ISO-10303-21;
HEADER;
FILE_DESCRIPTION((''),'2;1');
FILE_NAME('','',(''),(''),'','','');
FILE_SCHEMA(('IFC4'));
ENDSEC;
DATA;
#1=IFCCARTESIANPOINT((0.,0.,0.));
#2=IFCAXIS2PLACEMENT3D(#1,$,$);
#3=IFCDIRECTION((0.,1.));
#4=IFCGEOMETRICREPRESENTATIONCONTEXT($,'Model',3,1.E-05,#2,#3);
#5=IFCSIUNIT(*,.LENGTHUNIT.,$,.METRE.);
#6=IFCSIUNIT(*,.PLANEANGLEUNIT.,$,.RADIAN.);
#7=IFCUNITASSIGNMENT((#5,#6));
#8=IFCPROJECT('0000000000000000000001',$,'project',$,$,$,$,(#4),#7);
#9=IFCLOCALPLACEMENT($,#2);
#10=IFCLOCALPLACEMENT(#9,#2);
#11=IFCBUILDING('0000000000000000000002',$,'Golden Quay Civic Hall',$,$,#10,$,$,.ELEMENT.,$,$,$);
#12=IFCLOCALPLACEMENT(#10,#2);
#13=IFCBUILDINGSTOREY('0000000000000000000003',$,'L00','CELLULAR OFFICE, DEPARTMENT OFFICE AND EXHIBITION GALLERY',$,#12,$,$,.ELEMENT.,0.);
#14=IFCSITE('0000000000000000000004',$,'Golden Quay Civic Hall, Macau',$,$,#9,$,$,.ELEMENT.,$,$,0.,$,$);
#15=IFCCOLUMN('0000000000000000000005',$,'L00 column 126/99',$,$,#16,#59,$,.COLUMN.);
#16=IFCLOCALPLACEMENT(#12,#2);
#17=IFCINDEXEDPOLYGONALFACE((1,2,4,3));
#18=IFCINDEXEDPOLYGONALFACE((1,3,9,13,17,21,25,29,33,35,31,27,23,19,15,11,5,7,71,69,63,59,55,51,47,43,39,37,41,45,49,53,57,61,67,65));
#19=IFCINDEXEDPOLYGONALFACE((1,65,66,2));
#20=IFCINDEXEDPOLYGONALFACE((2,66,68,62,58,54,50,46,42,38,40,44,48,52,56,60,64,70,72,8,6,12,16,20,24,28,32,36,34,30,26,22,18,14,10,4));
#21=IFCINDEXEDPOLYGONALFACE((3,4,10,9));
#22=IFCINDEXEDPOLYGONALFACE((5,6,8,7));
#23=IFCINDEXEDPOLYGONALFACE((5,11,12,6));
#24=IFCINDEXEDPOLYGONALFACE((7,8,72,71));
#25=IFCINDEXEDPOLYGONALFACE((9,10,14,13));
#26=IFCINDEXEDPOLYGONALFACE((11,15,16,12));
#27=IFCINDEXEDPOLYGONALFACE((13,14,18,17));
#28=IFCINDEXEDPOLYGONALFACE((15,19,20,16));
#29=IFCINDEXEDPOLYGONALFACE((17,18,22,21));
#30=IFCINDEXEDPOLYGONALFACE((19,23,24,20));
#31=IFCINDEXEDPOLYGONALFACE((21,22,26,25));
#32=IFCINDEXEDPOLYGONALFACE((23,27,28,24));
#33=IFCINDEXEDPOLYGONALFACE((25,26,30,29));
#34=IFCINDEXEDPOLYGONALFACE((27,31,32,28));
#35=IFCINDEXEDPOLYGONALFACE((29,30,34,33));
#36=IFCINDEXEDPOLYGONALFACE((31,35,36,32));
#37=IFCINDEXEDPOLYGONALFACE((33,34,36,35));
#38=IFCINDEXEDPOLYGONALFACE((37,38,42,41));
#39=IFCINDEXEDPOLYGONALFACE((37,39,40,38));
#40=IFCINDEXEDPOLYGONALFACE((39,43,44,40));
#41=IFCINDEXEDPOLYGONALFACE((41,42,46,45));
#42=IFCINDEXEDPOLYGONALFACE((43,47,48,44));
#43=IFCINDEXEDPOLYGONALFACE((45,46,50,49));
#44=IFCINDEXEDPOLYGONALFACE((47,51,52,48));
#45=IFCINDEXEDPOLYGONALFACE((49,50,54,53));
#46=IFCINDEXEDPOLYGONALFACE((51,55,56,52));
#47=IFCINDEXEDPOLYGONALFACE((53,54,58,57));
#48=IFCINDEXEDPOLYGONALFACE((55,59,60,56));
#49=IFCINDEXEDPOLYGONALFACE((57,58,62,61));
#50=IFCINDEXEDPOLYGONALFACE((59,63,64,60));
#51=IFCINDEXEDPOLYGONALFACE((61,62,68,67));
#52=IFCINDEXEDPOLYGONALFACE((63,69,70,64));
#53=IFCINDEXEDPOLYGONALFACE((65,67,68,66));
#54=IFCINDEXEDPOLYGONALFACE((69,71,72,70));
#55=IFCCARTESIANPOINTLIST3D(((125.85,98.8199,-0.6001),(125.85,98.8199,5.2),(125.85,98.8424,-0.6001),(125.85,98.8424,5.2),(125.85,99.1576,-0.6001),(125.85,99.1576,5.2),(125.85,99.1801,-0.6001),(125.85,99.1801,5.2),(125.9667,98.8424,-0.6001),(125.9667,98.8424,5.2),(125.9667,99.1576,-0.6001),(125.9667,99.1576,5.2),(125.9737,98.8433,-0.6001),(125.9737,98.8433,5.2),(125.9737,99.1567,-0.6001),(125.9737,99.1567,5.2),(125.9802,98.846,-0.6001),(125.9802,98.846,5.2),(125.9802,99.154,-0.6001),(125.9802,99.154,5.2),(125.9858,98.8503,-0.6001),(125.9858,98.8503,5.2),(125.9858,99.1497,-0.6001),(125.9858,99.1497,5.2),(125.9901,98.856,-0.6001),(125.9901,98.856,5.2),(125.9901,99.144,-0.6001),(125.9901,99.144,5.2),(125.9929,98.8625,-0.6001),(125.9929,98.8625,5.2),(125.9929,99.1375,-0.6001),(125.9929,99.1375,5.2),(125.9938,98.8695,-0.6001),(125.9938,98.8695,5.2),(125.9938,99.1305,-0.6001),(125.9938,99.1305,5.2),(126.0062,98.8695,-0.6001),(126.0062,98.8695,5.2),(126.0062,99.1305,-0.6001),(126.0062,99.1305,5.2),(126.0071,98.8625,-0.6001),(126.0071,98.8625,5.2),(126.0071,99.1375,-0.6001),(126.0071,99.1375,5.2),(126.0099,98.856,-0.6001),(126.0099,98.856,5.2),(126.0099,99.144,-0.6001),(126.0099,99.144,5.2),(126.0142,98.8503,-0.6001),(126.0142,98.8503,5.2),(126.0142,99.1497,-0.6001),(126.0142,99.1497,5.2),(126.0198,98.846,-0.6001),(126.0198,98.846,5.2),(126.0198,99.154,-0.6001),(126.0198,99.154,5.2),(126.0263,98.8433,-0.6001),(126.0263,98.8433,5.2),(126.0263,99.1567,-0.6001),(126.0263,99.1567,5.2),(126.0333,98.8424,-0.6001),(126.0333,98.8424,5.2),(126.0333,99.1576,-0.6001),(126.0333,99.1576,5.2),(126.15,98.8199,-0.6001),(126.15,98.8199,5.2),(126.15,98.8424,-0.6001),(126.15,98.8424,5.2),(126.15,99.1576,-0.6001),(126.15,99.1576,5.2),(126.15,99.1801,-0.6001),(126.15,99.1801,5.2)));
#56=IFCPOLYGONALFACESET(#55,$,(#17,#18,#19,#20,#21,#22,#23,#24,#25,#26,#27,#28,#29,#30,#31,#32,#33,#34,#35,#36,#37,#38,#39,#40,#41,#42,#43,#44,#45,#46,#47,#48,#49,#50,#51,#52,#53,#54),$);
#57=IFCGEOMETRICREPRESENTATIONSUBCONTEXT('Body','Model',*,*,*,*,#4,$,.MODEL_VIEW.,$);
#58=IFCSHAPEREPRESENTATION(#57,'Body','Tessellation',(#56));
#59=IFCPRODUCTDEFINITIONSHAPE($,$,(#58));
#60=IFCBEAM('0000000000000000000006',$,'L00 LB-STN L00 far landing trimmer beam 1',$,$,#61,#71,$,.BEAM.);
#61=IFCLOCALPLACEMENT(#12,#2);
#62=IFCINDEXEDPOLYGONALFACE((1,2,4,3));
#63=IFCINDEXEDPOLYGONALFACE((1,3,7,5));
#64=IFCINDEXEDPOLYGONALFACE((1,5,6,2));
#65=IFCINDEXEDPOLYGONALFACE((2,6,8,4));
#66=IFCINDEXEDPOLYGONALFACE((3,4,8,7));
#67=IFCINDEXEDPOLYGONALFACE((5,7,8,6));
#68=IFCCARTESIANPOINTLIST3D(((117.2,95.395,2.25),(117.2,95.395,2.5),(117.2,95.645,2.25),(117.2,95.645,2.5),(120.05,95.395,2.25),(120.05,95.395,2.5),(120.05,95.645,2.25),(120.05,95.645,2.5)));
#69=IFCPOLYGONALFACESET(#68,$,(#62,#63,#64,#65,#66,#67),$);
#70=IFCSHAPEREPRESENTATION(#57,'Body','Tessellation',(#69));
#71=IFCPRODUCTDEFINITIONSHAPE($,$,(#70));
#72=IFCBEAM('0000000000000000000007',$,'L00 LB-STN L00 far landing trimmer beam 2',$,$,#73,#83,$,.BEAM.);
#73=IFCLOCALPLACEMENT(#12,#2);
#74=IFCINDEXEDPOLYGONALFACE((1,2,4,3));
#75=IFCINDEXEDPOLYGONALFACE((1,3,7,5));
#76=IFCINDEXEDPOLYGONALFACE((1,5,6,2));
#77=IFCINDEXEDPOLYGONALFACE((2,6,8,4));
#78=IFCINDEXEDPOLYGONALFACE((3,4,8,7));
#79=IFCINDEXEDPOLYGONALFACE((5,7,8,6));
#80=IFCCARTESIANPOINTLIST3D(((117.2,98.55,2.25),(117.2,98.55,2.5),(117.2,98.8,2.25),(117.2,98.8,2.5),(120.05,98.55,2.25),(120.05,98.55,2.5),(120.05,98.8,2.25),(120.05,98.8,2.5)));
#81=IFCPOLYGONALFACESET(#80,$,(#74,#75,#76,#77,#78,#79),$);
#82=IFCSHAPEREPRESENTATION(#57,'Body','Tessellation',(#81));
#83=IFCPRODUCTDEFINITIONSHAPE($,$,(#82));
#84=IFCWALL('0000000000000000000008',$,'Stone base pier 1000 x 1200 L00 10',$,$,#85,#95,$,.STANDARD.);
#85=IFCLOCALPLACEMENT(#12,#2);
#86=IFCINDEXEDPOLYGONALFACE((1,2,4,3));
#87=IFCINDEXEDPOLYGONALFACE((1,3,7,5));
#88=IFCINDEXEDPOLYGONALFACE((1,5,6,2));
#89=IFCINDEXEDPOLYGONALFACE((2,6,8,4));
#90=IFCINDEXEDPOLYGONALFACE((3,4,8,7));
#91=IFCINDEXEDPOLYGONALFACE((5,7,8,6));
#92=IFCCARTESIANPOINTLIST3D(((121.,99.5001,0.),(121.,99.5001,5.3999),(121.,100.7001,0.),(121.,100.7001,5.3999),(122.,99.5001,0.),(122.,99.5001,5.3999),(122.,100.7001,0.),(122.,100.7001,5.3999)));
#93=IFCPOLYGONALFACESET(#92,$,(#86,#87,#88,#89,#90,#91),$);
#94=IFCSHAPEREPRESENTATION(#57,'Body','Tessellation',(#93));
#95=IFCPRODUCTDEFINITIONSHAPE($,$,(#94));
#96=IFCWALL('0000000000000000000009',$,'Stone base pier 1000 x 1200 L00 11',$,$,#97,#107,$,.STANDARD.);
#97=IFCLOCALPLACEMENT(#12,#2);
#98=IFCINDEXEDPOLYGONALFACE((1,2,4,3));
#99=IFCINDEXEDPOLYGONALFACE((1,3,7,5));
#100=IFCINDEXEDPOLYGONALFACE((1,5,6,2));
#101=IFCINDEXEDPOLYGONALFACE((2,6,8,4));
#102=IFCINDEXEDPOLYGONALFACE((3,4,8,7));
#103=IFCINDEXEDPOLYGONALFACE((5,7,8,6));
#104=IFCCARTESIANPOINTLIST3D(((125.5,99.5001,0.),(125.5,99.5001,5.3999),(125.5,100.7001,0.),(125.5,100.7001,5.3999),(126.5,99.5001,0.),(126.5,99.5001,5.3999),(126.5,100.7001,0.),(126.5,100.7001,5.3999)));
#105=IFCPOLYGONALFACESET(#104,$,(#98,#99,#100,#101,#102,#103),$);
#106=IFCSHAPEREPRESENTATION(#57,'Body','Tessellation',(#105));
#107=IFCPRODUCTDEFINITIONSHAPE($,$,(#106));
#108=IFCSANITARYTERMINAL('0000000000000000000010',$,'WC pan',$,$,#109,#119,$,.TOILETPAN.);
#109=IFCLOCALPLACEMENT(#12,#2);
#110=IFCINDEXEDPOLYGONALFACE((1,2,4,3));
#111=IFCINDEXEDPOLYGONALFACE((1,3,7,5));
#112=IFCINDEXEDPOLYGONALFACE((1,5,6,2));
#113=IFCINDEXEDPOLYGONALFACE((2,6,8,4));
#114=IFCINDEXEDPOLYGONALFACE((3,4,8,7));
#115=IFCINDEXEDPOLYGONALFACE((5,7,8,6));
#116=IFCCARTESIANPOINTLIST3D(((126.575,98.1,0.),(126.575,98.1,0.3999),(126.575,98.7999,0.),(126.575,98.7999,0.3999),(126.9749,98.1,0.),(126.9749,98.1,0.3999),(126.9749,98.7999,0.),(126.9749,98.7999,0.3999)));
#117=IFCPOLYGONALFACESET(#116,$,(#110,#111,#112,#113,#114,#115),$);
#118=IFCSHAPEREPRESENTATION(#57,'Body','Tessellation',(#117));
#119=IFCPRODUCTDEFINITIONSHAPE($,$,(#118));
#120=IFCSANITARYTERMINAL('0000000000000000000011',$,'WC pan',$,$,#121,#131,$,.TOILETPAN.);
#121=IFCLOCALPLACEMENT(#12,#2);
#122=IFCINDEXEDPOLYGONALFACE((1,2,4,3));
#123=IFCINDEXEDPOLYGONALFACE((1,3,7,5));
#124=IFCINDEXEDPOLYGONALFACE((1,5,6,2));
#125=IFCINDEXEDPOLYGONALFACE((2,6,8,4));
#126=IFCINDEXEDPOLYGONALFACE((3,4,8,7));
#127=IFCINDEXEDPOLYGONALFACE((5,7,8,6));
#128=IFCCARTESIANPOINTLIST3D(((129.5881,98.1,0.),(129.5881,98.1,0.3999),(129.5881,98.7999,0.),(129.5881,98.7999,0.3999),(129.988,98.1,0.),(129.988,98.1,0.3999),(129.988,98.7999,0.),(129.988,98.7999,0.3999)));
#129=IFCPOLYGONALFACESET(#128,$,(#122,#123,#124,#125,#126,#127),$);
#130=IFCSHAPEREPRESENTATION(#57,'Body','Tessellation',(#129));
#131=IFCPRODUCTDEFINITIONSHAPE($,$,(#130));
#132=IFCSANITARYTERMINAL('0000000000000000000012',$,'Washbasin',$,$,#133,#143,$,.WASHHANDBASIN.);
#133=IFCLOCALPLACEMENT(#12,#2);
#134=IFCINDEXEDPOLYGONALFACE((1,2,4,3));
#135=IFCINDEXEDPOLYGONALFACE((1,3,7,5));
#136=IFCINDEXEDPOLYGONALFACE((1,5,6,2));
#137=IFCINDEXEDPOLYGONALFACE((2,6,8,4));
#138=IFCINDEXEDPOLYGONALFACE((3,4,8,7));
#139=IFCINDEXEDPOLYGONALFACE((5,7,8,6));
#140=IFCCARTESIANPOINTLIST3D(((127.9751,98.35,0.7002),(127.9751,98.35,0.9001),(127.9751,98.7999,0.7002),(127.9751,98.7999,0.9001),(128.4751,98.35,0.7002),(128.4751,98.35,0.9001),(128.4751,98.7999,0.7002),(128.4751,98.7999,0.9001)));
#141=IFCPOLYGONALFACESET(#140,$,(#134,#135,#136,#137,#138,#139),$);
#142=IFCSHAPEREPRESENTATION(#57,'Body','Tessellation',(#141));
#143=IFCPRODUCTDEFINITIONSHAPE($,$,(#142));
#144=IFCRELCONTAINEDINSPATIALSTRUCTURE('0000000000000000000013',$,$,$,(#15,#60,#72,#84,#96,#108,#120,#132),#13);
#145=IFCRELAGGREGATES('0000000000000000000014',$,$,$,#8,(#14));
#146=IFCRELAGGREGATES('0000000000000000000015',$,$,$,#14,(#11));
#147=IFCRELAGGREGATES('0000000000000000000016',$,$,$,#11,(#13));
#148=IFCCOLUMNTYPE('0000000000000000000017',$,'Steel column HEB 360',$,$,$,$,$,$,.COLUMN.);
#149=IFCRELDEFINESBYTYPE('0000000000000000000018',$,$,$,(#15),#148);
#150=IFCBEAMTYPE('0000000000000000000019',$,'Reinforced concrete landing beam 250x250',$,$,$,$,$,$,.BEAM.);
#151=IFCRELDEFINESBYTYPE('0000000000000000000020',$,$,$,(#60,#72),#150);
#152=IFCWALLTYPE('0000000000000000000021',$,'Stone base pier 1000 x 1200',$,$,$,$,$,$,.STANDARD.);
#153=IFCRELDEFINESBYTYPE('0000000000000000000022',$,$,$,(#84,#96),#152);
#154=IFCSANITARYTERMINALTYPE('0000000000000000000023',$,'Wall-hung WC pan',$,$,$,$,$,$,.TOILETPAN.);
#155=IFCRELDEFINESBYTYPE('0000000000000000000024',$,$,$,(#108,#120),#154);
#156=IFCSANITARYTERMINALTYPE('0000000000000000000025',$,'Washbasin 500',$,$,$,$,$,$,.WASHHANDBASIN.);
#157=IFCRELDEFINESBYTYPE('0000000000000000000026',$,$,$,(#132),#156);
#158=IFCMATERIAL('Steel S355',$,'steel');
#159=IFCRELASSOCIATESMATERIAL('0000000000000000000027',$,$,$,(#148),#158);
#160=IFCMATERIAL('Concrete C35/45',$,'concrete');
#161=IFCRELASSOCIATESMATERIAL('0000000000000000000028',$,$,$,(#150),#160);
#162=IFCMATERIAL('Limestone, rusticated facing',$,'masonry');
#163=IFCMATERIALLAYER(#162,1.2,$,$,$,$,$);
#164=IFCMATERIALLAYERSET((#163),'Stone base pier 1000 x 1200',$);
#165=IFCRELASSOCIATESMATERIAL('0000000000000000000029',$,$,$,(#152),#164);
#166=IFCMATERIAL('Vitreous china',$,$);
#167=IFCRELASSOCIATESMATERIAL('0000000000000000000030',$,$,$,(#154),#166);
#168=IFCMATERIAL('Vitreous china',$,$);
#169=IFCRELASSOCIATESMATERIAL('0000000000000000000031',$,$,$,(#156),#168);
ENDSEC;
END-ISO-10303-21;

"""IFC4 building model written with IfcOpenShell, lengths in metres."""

from ifc_helpers import new_model, si_unit, direction, frame, frame_2d, origin, origin_2d, place, context, subcontext, project, spatial, rectangle, i_section, extrude, material, layer, layer_set, material_profile, profile_set, type_object, element, save


model = new_model("IFC4")

# Units and contexts
model_context = context("Model", 3, precision=1e-05, world=origin(), true_north=direction((0.0, 1.0)))
body_context = subcontext(model_context, "Body", "Model", "MODEL_VIEW")
ifc_project = project(units=[si_unit("LENGTHUNIT", "METRE"), si_unit("PLANEANGLEUNIT", "RADIAN")], contexts=[model_context])

# Site, building, storey
site_placement = place(None, origin())
site = spatial("IfcSite", under=ifc_project, at=site_placement, Name="Golden Quay Civic Hall, Macau", CompositionType="ELEMENT", RefElevation=0.0)
building_placement = place(site_placement, origin())
building = spatial("IfcBuilding", under=site, at=building_placement, Name="Golden Quay Civic Hall", CompositionType="ELEMENT")
storey_placement = place(building_placement, origin())
storey = spatial("IfcBuildingStorey", under=building, at=storey_placement, Name="L00", Description="CELLULAR OFFICE, DEPARTMENT OFFICE AND EXHIBITION GALLERY", CompositionType="ELEMENT", Elevation=0.0)

# Column
ifc_material_1 = material(Name="Steel S355", Category="steel")
ifc_material_profile_1 = material_profile(ifc_material_1, i_section(OverallWidth=0.3, OverallDepth=0.3601, WebThickness=0.0125, FlangeThickness=0.0225, FilletRadius=0.0271, at=origin_2d()), Name="HEB 360")
ifc_profile_set_1 = profile_set([ifc_material_profile_1], Name="Steel S355")
column_type = type_object("IfcColumnType", Name="Steel column HEB 360", PredefinedType="COLUMN", material=ifc_profile_set_1)
for number, where, z_axis, x_axis, name in (
    (1, (126.0, 99.0, -0.6001), (0.0, 0.0, 1.0), (1.0, 0.0, 0.0), "L00 column 126/99"),
):
    element("IfcColumn", number, at=place(storey_placement, frame(where, z_axis=z_axis, x_axis=x_axis)), inside=storey, type_object=column_type, Name=name, PredefinedType="COLUMN", context=body_context, shape_type="SweptSolid", body=[
        extrude(i_section(OverallWidth=0.3, OverallDepth=0.3601, WebThickness=0.0125, FlangeThickness=0.0225, FilletRadius=0.0271, at=origin_2d()), origin(), (0.0, 0.0, 1.0), 5.8),
    ])

# Beams
ifc_material_2 = material(Name="Concrete C35/45", Category="concrete")
ifc_material_profile_2 = material_profile(ifc_material_2, rectangle(XDim=0.25, YDim=0.25, at=origin_2d()), Name="RC 250x250")
ifc_profile_set_2 = profile_set([ifc_material_profile_2], Name="Concrete C35/45")
beam_type = type_object("IfcBeamType", Name="Reinforced concrete landing beam 250x250", PredefinedType="BEAM", material=ifc_profile_set_2)
for number, where, z_axis, x_axis, name in (
    (2, (120.05, 95.52, 2.375), (-1.0, 0.0, 0.0), (0.0, -1.0, 0.0), "L00 LB-STN L00 far landing trimmer beam 1"),
    (3, (120.05, 98.675, 2.375), (-1.0, 0.0, 0.0), (0.0, -1.0, 0.0), "L00 LB-STN L00 far landing trimmer beam 2"),
):
    element("IfcBeam", number, at=place(storey_placement, frame(where, z_axis=z_axis, x_axis=x_axis)), inside=storey, type_object=beam_type, Name=name, PredefinedType="BEAM", context=body_context, shape_type="SweptSolid", body=[
        extrude(rectangle(XDim=0.25, YDim=0.25, at=origin_2d()), origin(), (0.0, 0.0, 1.0), 2.8501),
    ])

# Walls
ifc_material_3 = material(Name="Limestone, rusticated facing", Category="masonry")
ifc_layer = layer(ifc_material_3, 1.2)
ifc_layer_set = layer_set([ifc_layer], Name="Stone base pier 1000 x 1200")
wall_type = type_object("IfcWallType", Name="Stone base pier 1000 x 1200", PredefinedType="STANDARD", material=ifc_layer_set)
for number, where, z_axis, x_axis, name in (
    (4, (121.0, 100.1001, 0.0), (0.0, 0.0, 1.0), (1.0, 0.0, 0.0), "Stone base pier 1000 x 1200 L00 10"),
    (5, (125.5, 100.1001, 0.0), (0.0, 0.0, 1.0), (1.0, 0.0, 0.0), "Stone base pier 1000 x 1200 L00 11"),
):
    element("IfcWall", number, at=place(storey_placement, frame(where, z_axis=z_axis, x_axis=x_axis)), inside=storey, type_object=wall_type, Name=name, PredefinedType="STANDARD", context=body_context, shape_type="SweptSolid", body=[
        extrude(rectangle(XDim=1.0, YDim=1.2, at=frame_2d((0.5, 0.0))), origin(), (0.0, 0.0, 1.0), 5.3999),
    ])

# Sanitary terminals
ifc_material_4 = material(Name="Vitreous china")
sanitary_terminal_type_1 = type_object("IfcSanitaryTerminalType", Name="Wall-hung WC pan", PredefinedType="TOILETPAN", material=ifc_material_4)
for number, where, z_axis, x_axis, name in (
    (6, (126.7749, 98.45, 0.0), (0.0, 0.0, 1.0), (1.0, 0.0, 0.0), "WC pan"),
    (7, (129.7881, 98.45, 0.0), (0.0, 0.0, 1.0), (1.0, 0.0, 0.0), "WC pan"),
):
    element("IfcSanitaryTerminal", number, at=place(storey_placement, frame(where, z_axis=z_axis, x_axis=x_axis)), inside=storey, type_object=sanitary_terminal_type_1, Name=name, PredefinedType="TOILETPAN", context=body_context, shape_type="SweptSolid", body=[
        extrude(rectangle(XDim=0.3999, YDim=0.7, at=origin_2d()), origin(), (0.0, 0.0, 1.0), 0.3999),
    ])
ifc_material_5 = material(Name="Vitreous china")
sanitary_terminal_type_2 = type_object("IfcSanitaryTerminalType", Name="Washbasin 500", PredefinedType="WASHHANDBASIN", material=ifc_material_5)
sanitary_terminal_placement = place(storey_placement, frame((128.2251, 98.575, 0.7002), z_axis=(0.0, 0.0, 1.0), x_axis=(1.0, 0.0, 0.0)))
element("IfcSanitaryTerminal", 8, at=sanitary_terminal_placement, inside=storey, type_object=sanitary_terminal_type_2, Name="Washbasin", PredefinedType="WASHHANDBASIN", context=body_context, shape_type="SweptSolid", body=[
    extrude(rectangle(XDim=0.5, YDim=0.45, at=origin_2d()), origin(), (0.0, 0.0, 1.0), 0.2),
])

save(model, "model.ifc")
